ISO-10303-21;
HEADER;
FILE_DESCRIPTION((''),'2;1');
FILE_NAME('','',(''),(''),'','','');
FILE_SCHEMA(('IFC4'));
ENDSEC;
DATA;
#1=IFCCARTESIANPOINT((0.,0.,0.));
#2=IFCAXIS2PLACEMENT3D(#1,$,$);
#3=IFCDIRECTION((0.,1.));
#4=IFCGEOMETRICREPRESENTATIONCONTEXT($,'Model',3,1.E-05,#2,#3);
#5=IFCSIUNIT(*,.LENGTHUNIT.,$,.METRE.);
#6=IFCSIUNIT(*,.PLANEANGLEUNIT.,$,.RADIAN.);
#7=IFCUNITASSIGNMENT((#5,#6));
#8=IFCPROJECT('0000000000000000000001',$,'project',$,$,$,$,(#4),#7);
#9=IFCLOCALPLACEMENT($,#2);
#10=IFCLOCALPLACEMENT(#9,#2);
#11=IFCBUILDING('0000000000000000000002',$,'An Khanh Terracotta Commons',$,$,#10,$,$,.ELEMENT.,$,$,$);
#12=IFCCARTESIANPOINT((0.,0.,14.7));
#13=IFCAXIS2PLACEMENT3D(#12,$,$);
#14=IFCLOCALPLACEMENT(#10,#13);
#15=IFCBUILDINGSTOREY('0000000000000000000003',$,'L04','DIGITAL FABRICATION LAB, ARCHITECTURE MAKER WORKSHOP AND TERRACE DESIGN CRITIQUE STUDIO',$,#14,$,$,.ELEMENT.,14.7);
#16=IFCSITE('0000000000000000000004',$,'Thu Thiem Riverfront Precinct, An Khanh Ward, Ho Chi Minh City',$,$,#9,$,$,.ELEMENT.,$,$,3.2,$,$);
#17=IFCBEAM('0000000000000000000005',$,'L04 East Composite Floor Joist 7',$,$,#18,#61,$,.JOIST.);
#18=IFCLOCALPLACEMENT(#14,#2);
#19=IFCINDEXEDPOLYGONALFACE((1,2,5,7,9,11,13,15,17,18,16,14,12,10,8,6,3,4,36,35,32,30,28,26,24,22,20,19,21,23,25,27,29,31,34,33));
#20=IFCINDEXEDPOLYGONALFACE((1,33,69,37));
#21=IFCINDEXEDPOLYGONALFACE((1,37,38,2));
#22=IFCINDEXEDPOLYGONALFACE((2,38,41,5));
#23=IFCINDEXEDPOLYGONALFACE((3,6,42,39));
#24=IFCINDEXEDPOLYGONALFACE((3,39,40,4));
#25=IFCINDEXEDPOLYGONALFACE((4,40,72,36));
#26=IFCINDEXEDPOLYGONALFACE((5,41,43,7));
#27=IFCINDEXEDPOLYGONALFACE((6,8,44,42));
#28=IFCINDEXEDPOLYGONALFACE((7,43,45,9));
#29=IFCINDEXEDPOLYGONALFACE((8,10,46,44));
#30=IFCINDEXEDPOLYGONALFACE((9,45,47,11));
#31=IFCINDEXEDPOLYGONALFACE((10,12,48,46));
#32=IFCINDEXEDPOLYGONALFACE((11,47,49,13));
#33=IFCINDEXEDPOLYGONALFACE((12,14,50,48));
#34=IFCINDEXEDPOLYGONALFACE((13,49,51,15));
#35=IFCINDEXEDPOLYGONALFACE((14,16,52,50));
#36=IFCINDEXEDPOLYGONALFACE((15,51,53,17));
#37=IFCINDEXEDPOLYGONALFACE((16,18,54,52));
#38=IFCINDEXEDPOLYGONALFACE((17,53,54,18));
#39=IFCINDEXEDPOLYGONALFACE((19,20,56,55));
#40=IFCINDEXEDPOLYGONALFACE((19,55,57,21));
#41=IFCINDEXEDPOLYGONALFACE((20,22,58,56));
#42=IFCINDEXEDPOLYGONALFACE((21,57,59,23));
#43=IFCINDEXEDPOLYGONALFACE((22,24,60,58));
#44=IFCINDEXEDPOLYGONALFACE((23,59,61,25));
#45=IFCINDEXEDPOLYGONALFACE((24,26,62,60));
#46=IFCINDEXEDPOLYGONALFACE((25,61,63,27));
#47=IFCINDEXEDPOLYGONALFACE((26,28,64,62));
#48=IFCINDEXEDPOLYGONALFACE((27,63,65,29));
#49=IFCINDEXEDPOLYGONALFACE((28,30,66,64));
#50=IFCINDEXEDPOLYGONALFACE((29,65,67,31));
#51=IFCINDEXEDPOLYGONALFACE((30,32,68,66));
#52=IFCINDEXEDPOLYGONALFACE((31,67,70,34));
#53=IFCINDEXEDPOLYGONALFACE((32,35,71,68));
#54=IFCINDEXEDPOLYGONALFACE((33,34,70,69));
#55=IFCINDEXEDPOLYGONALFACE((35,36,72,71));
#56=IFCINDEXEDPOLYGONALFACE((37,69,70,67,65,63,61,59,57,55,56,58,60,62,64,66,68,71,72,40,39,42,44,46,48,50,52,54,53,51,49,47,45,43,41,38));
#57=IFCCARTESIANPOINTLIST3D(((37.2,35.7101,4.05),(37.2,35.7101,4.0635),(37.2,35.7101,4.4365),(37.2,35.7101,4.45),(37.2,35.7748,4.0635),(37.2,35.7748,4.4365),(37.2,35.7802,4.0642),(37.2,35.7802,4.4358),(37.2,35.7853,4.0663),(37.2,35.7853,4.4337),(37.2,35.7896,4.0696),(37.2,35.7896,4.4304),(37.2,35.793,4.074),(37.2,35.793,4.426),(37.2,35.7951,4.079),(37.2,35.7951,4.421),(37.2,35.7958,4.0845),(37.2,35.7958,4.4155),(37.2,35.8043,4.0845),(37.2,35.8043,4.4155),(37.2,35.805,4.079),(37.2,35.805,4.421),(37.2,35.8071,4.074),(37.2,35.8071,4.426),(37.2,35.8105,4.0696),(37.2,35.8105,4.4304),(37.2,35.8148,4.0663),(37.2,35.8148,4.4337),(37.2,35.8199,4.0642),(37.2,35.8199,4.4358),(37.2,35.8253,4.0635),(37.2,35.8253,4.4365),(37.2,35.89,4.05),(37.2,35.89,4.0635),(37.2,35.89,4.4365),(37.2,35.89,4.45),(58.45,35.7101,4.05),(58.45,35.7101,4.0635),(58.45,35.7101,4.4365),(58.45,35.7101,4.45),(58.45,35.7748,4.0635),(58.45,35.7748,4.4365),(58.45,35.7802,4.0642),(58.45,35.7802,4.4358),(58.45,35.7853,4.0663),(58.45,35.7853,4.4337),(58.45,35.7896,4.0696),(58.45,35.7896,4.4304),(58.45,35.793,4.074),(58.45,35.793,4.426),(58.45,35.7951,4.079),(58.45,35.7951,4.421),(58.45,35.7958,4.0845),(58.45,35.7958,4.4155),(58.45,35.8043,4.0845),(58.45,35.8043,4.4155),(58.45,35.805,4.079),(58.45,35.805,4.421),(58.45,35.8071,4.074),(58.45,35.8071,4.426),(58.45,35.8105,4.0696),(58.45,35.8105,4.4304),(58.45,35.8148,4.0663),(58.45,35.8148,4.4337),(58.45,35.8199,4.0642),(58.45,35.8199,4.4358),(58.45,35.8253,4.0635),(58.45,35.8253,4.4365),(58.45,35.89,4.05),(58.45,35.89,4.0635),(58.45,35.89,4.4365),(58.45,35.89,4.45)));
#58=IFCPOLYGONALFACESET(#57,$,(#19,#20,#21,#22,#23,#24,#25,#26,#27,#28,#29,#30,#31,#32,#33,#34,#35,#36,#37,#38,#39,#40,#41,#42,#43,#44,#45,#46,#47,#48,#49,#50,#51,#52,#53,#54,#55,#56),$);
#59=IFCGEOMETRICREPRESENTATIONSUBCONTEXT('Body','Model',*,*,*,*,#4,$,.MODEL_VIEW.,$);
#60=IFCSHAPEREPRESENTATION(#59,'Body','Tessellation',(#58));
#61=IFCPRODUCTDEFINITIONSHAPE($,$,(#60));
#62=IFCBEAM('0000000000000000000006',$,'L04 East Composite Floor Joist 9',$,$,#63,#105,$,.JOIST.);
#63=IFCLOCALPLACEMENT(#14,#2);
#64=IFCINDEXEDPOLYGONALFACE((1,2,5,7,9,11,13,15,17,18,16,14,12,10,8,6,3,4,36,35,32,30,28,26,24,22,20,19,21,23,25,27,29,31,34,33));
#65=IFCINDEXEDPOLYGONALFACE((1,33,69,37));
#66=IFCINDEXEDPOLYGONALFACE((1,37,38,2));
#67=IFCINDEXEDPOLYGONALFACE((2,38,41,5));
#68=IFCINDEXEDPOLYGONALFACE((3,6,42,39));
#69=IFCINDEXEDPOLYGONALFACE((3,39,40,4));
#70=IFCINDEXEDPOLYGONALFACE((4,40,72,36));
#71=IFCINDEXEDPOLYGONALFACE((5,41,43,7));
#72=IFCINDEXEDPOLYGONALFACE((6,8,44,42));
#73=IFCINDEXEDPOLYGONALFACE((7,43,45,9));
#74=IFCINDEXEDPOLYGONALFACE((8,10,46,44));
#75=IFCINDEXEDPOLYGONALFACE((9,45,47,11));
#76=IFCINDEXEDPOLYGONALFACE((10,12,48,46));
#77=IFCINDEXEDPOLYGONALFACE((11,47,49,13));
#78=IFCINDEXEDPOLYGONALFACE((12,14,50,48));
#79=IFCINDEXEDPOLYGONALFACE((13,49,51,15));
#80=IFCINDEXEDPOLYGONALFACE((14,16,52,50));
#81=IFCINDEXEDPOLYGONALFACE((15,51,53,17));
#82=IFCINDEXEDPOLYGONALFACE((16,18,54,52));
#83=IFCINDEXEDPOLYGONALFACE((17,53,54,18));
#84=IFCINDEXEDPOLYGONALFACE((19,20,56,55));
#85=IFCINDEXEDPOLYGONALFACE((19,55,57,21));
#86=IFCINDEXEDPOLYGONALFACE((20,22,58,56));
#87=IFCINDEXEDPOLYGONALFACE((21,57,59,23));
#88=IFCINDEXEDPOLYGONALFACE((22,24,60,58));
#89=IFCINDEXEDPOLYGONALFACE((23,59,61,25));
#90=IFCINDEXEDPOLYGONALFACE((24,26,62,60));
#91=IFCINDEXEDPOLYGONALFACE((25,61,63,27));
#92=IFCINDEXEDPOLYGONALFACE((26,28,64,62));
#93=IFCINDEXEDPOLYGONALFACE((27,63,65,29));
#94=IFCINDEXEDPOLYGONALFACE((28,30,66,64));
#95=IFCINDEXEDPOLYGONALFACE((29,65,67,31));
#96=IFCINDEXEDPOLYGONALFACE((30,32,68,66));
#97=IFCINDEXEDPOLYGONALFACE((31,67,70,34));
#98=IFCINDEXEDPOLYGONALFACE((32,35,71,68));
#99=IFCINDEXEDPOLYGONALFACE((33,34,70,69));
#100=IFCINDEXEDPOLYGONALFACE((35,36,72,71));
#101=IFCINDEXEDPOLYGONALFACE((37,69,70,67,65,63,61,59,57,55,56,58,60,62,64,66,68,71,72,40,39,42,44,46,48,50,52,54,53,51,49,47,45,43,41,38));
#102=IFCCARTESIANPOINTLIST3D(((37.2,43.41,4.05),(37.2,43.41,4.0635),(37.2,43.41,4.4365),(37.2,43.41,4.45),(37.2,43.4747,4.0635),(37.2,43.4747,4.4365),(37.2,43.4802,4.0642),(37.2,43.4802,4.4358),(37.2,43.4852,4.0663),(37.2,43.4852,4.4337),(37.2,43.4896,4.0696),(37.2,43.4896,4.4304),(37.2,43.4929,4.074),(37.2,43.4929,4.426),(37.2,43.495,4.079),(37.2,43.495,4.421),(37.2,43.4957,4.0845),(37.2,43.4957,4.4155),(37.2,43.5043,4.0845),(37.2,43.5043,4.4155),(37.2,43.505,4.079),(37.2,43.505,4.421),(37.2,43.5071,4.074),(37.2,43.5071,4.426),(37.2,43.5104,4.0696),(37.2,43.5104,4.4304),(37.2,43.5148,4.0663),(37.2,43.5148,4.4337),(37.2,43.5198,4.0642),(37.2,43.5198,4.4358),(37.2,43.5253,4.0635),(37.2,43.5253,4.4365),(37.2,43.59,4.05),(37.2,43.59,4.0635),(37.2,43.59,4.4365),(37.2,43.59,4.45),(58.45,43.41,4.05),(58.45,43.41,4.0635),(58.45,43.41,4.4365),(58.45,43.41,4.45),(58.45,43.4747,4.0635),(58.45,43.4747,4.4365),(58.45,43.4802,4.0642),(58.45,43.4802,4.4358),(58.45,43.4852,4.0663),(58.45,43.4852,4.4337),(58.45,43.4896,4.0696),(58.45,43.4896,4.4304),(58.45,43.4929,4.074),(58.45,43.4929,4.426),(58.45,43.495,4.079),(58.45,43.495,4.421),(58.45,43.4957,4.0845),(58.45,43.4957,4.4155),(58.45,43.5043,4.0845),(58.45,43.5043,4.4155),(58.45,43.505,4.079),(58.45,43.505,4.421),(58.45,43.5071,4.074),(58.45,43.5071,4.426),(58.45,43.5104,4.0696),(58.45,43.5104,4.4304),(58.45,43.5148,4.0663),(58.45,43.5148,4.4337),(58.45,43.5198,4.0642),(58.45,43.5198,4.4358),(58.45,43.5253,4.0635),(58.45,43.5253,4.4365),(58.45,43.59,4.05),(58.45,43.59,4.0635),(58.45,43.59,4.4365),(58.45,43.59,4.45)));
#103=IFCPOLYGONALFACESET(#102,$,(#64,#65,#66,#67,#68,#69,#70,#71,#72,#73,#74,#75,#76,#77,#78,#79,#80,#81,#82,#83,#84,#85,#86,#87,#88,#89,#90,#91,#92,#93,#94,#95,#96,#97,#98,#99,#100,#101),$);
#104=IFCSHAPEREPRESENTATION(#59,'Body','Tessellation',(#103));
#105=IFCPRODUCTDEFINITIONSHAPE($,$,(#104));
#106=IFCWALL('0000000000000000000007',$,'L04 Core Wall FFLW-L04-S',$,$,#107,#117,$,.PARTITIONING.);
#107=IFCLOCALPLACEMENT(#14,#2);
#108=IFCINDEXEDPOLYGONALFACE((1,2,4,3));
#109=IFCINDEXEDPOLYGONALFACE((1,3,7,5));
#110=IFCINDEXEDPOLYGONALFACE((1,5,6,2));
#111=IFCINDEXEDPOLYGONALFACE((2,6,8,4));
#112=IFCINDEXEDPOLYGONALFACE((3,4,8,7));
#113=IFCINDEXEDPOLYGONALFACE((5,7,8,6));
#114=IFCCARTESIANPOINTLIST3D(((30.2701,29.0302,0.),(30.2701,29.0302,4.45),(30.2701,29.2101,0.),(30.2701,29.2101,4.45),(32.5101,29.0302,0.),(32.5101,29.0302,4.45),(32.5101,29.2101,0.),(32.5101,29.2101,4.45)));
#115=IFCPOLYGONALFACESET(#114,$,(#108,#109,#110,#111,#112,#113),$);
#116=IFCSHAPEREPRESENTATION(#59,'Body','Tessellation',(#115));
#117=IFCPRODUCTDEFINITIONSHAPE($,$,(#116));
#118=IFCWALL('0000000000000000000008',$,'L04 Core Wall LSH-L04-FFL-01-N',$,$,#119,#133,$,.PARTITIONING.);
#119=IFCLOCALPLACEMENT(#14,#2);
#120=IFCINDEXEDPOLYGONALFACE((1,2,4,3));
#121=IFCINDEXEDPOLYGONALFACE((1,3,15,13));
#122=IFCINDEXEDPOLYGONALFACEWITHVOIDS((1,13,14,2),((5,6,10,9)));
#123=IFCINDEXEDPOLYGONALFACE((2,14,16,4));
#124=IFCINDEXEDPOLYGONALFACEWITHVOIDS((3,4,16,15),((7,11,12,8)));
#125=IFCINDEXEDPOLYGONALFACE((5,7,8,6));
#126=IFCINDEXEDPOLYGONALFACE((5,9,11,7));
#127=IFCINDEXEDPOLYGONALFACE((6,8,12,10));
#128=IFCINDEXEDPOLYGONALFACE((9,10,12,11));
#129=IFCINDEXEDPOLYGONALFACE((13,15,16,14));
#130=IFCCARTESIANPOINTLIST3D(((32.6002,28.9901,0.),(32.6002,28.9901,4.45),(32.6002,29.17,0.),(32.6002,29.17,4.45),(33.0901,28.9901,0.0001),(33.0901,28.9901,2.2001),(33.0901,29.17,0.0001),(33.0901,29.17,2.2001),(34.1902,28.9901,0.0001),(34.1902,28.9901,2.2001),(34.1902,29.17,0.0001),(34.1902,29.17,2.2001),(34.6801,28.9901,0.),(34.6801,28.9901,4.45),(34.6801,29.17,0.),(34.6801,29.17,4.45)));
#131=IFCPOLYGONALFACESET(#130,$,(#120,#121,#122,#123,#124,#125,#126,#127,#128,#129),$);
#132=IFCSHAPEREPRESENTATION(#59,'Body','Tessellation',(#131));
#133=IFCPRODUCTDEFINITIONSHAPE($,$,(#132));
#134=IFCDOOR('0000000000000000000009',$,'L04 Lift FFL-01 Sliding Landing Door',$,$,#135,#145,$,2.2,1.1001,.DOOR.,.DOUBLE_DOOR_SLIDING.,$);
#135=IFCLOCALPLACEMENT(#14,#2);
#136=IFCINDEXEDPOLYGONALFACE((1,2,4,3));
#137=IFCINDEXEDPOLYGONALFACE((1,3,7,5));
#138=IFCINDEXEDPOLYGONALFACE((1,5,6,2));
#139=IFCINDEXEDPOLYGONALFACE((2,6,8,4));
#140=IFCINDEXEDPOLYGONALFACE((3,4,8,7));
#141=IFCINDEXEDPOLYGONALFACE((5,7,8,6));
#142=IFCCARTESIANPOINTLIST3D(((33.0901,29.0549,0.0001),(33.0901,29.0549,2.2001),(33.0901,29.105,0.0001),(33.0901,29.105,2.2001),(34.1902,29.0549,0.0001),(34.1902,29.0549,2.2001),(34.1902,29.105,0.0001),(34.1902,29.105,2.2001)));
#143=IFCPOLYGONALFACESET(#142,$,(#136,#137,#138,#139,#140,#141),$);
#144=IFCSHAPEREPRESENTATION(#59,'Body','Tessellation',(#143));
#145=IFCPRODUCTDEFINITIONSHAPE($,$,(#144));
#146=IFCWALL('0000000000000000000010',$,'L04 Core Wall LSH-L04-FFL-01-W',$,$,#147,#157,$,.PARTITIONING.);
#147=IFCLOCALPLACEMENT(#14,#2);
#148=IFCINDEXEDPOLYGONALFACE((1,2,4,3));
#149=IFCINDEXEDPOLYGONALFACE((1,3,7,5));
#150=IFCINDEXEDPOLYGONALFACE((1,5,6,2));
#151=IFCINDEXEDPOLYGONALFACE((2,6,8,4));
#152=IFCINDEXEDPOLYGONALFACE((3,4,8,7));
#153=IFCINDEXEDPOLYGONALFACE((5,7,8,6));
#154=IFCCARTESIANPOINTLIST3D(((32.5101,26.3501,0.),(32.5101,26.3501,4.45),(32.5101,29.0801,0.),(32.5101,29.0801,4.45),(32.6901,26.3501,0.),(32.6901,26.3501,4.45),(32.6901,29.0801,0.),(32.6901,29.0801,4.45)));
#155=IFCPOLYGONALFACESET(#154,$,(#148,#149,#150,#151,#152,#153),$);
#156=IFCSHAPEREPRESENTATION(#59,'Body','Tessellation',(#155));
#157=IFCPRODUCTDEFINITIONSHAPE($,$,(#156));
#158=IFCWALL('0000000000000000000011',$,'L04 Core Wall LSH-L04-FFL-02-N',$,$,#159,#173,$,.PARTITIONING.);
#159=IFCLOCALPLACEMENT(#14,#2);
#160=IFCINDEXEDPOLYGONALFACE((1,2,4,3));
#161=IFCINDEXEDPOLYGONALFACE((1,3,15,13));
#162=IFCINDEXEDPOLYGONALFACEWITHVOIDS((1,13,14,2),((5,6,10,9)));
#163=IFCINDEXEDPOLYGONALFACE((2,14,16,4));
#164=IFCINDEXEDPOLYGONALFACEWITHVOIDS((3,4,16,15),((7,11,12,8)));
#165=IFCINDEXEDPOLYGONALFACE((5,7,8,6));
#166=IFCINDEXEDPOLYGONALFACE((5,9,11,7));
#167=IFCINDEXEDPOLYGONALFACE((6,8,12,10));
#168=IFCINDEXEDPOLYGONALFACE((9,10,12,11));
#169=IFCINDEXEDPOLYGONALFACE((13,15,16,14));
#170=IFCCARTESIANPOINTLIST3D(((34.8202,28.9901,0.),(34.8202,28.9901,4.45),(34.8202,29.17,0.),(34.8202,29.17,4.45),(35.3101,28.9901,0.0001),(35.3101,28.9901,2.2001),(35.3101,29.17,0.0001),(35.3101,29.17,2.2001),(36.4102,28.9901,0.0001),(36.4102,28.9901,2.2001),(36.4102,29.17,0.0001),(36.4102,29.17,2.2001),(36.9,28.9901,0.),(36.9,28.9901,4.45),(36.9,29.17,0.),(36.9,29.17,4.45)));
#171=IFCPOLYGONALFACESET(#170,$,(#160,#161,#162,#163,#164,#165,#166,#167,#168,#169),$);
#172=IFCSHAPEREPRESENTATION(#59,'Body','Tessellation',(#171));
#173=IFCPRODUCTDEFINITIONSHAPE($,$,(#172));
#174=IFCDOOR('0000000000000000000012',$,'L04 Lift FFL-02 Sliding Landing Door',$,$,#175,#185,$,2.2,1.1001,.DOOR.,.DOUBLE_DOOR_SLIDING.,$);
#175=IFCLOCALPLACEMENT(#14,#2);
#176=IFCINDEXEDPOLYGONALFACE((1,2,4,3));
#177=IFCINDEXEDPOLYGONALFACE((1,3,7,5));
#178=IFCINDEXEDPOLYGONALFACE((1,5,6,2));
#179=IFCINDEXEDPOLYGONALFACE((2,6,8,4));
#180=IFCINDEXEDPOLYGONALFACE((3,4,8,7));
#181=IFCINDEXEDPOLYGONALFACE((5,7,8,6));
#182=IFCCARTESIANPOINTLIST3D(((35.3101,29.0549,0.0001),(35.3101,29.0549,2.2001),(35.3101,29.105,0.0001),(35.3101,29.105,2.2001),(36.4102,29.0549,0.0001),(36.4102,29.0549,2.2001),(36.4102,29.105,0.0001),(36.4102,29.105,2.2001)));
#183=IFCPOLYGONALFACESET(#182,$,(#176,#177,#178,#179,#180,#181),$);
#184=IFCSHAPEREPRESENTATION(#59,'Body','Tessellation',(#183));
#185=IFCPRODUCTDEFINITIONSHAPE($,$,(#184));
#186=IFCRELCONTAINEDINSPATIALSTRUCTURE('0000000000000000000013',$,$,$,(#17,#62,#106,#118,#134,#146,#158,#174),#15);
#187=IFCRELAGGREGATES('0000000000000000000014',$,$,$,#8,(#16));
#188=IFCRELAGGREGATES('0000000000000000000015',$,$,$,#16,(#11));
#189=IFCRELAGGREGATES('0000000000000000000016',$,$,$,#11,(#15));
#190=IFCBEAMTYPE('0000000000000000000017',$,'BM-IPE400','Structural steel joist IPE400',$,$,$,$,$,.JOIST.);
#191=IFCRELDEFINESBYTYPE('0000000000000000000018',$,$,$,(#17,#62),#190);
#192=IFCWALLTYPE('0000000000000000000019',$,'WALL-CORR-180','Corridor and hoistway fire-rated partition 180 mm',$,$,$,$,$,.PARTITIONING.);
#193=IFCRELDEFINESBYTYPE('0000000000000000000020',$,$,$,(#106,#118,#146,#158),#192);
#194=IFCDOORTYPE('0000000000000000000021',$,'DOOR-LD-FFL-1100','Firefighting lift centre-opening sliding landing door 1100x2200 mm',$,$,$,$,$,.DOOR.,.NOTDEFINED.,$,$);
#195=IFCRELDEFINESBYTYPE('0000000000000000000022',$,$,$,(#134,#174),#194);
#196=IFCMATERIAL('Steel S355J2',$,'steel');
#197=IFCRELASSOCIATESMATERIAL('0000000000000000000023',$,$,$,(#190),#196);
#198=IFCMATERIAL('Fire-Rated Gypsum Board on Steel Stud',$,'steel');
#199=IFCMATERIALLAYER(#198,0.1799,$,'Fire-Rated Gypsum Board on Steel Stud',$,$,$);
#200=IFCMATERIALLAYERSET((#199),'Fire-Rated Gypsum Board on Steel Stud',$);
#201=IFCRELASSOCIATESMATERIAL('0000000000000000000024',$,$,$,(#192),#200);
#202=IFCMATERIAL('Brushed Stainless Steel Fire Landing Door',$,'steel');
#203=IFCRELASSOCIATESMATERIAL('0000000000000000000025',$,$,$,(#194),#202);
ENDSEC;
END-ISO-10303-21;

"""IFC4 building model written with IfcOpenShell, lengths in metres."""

from ifc_helpers import new_model, si_unit, direction, frame, frame_2d, origin, origin_2d, place, context, subcontext, project, spatial, rectangle, i_section, extrude, material, layer, layer_set, material_profile, profile_set, type_object, element, fill, save


model = new_model("IFC4")

# Units and contexts
model_context = context("Model", 3, precision=1e-05, world=origin(), true_north=direction((0.0, 1.0)))
body_context = subcontext(model_context, "Body", "Model", "MODEL_VIEW")
ifc_project = project(units=[si_unit("LENGTHUNIT", "METRE"), si_unit("PLANEANGLEUNIT", "RADIAN")], contexts=[model_context])

# Site, building, storey
site_placement = place(None, origin())
site = spatial("IfcSite", under=ifc_project, at=site_placement, Name="Thu Thiem Riverfront Precinct, An Khanh Ward, Ho Chi Minh City", CompositionType="ELEMENT", RefElevation=3.2)
building_placement = place(site_placement, origin())
building = spatial("IfcBuilding", under=site, at=building_placement, Name="An Khanh Terracotta Commons", CompositionType="ELEMENT")
storey_placement = place(building_placement, frame((0.0, 0.0, 14.7)))
storey = spatial("IfcBuildingStorey", under=building, at=storey_placement, Name="L04", Description="DIGITAL FABRICATION LAB, ARCHITECTURE MAKER WORKSHOP AND TERRACE DESIGN CRITIQUE STUDIO", CompositionType="ELEMENT", Elevation=14.7)

# Beams
ifc_material_1 = material(Name="Steel S355J2", Category="steel")
ifc_material_profile_1 = material_profile(ifc_material_1, i_section(OverallWidth=0.1799, OverallDepth=0.3999, WebThickness=0.0085, FlangeThickness=0.0134, FilletRadius=0.021, at=origin_2d()), Name="IPE400")
ifc_profile_set_1 = profile_set([ifc_material_profile_1], Name="Steel S355J2")
beam_type_1 = type_object("IfcBeamType", Name="BM-IPE400", Description="Structural steel joist IPE400", PredefinedType="JOIST", material=ifc_profile_set_1)
for number, where, z_axis, x_axis, name in (
    (1, (37.2, 35.8, 4.25), (1.0, 0.0, 0.0), (0.0, 1.0, 0.0), "L04 East Composite Floor Joist 7"),
    (2, (37.2, 43.5, 4.25), (1.0, 0.0, 0.0), (0.0, 1.0, 0.0), "L04 East Composite Floor Joist 9"),
):
    element("IfcBeam", number, at=place(storey_placement, frame(where, z_axis=z_axis, x_axis=x_axis)), inside=storey, type_object=beam_type_1, Name=name, PredefinedType="JOIST", context=body_context, shape_type="SweptSolid", body=[
        extrude(i_section(OverallWidth=0.1799, OverallDepth=0.3999, WebThickness=0.0085, FlangeThickness=0.0134, FilletRadius=0.021, at=origin_2d()), origin(), (0.0, 0.0, 1.0), 21.25),
    ])

# Wall
ifc_material_2 = material(Name="Fire-Rated Gypsum Board on Steel Stud", Category="steel")
ifc_layer_1 = layer(ifc_material_2, 0.1799, Name="Fire-Rated Gypsum Board on Steel Stud")
ifc_layer_set_1 = layer_set([ifc_layer_1], Name="Fire-Rated Gypsum Board on Steel Stud")
wall_type_1 = type_object("IfcWallType", Name="WALL-CORR-180", Description="Corridor and hoistway fire-rated partition 180 mm", PredefinedType="PARTITIONING", material=ifc_layer_set_1)
wall_1_placement = place(storey_placement, frame((30.27, 29.1201, 0.0), z_axis=(0.0, 0.0, 1.0), x_axis=(1.0, 0.0, 0.0)))
element("IfcWall", 3, at=wall_1_placement, inside=storey, type_object=wall_type_1, Name="L04 Core Wall FFLW-L04-S", PredefinedType="PARTITIONING", context=body_context, shape_type="SweptSolid", body=[
    extrude(rectangle(XDim=2.24, YDim=0.1799, at=frame_2d((1.1201, 0.0))), origin(), (0.0, 0.0, 1.0), 4.45),
])

# Wall, opening, door
wall_2_placement = place(storey_placement, frame((32.6001, 29.0801, 0.0), z_axis=(0.0, 0.0, 1.0), x_axis=(1.0, 0.0, 0.0)))
wall_2 = element("IfcWall", 4, at=wall_2_placement, inside=storey, type_object=wall_type_1, Name="L04 Core Wall LSH-L04-FFL-01-N", PredefinedType="PARTITIONING", context=body_context, shape_type="SweptSolid", body=[
    extrude(rectangle(XDim=2.0798, YDim=0.1799, at=frame_2d((1.04, 0.0))), origin(), (0.0, 0.0, 1.0), 4.45),
])
opening_1_placement = place(wall_2_placement, frame((0.49, 0.0, 0.0)))
opening_1 = element("IfcOpeningElement", 5, at=opening_1_placement, cuts=wall_2, PredefinedType="OPENING", context=body_context, shape_type="SweptSolid", body=[
    extrude(rectangle(XDim=1.1001, YDim=2.2, at=frame_2d((0.55, 1.1001))), frame((0.0, 0.0999, 0.0), z_axis=(0.0, -1.0, 0.0), x_axis=(1.0, 0.0, 0.0)), (0.0, 0.0, 1.0), 0.2),
])
ifc_material_3 = material(Name="Brushed Stainless Steel Fire Landing Door", Category="steel")
door_type_1 = type_object("IfcDoorType", Name="DOOR-LD-FFL-1100", Description="Firefighting lift centre-opening sliding landing door 1100x2200 mm", OperationType="NOTDEFINED", PredefinedType="DOOR", material=ifc_material_3)
door_1_placement = place(opening_1_placement, origin())
door_1 = element("IfcDoor", 6, at=door_1_placement, inside=storey, type_object=door_type_1, Name="L04 Lift FFL-01 Sliding Landing Door", OperationType="DOUBLE_DOOR_SLIDING", OverallHeight=2.2, OverallWidth=1.1001, PredefinedType="DOOR", context=body_context, shape_type="SweptSolid", body=[
    extrude(rectangle(XDim=1.1001, YDim=2.2, at=frame_2d((0.55, 1.1001))), frame((0.0, 0.0249, 0.0), z_axis=(0.0, -1.0, 0.0), x_axis=(1.0, 0.0, 0.0)), (0.0, 0.0, 1.0), 0.05),
])
fill(opening_1, door_1)

# Wall
wall_3_placement = place(storey_placement, frame((32.6001, 29.0801, 0.0), z_axis=(0.0, 0.0, 1.0), x_axis=(0.0, -1.0, 0.0)))
element("IfcWall", 7, at=wall_3_placement, inside=storey, type_object=wall_type_1, Name="L04 Core Wall LSH-L04-FFL-01-W", PredefinedType="PARTITIONING", context=body_context, shape_type="SweptSolid", body=[
    extrude(rectangle(XDim=2.73, YDim=0.1799, at=frame_2d((1.365, 0.0))), origin(), (0.0, 0.0, 1.0), 4.45),
])

# Wall, opening, door
wall_4_placement = place(storey_placement, frame((34.8201, 29.0801, 0.0), z_axis=(0.0, 0.0, 1.0), x_axis=(1.0, 0.0, 0.0)))
wall_4 = element("IfcWall", 8, at=wall_4_placement, inside=storey, type_object=wall_type_1, Name="L04 Core Wall LSH-L04-FFL-02-N", PredefinedType="PARTITIONING", context=body_context, shape_type="SweptSolid", body=[
    extrude(rectangle(XDim=2.0798, YDim=0.1799, at=frame_2d((1.04, 0.0))), origin(), (0.0, 0.0, 1.0), 4.45),
])
opening_2_placement = place(wall_4_placement, frame((0.49, 0.0, 0.0)))
opening_2 = element("IfcOpeningElement", 9, at=opening_2_placement, cuts=wall_4, PredefinedType="OPENING", context=body_context, shape_type="SweptSolid", body=[
    extrude(rectangle(XDim=1.1001, YDim=2.2, at=frame_2d((0.55, 1.1001))), frame((0.0, 0.0999, 0.0), z_axis=(0.0, -1.0, 0.0), x_axis=(1.0, 0.0, 0.0)), (0.0, 0.0, 1.0), 0.2),
])
door_2_placement = place(opening_2_placement, origin())
door_2 = element("IfcDoor", 10, at=door_2_placement, inside=storey, type_object=door_type_1, Name="L04 Lift FFL-02 Sliding Landing Door", OperationType="DOUBLE_DOOR_SLIDING", OverallHeight=2.2, OverallWidth=1.1001, PredefinedType="DOOR", context=body_context, shape_type="SweptSolid", body=[
    extrude(rectangle(XDim=1.1001, YDim=2.2, at=frame_2d((0.55, 1.1001))), frame((0.0, 0.0249, 0.0), z_axis=(0.0, -1.0, 0.0), x_axis=(1.0, 0.0, 0.0)), (0.0, 0.0, 1.0), 0.05),
])
fill(opening_2, door_2)

save(model, "model.ifc")
